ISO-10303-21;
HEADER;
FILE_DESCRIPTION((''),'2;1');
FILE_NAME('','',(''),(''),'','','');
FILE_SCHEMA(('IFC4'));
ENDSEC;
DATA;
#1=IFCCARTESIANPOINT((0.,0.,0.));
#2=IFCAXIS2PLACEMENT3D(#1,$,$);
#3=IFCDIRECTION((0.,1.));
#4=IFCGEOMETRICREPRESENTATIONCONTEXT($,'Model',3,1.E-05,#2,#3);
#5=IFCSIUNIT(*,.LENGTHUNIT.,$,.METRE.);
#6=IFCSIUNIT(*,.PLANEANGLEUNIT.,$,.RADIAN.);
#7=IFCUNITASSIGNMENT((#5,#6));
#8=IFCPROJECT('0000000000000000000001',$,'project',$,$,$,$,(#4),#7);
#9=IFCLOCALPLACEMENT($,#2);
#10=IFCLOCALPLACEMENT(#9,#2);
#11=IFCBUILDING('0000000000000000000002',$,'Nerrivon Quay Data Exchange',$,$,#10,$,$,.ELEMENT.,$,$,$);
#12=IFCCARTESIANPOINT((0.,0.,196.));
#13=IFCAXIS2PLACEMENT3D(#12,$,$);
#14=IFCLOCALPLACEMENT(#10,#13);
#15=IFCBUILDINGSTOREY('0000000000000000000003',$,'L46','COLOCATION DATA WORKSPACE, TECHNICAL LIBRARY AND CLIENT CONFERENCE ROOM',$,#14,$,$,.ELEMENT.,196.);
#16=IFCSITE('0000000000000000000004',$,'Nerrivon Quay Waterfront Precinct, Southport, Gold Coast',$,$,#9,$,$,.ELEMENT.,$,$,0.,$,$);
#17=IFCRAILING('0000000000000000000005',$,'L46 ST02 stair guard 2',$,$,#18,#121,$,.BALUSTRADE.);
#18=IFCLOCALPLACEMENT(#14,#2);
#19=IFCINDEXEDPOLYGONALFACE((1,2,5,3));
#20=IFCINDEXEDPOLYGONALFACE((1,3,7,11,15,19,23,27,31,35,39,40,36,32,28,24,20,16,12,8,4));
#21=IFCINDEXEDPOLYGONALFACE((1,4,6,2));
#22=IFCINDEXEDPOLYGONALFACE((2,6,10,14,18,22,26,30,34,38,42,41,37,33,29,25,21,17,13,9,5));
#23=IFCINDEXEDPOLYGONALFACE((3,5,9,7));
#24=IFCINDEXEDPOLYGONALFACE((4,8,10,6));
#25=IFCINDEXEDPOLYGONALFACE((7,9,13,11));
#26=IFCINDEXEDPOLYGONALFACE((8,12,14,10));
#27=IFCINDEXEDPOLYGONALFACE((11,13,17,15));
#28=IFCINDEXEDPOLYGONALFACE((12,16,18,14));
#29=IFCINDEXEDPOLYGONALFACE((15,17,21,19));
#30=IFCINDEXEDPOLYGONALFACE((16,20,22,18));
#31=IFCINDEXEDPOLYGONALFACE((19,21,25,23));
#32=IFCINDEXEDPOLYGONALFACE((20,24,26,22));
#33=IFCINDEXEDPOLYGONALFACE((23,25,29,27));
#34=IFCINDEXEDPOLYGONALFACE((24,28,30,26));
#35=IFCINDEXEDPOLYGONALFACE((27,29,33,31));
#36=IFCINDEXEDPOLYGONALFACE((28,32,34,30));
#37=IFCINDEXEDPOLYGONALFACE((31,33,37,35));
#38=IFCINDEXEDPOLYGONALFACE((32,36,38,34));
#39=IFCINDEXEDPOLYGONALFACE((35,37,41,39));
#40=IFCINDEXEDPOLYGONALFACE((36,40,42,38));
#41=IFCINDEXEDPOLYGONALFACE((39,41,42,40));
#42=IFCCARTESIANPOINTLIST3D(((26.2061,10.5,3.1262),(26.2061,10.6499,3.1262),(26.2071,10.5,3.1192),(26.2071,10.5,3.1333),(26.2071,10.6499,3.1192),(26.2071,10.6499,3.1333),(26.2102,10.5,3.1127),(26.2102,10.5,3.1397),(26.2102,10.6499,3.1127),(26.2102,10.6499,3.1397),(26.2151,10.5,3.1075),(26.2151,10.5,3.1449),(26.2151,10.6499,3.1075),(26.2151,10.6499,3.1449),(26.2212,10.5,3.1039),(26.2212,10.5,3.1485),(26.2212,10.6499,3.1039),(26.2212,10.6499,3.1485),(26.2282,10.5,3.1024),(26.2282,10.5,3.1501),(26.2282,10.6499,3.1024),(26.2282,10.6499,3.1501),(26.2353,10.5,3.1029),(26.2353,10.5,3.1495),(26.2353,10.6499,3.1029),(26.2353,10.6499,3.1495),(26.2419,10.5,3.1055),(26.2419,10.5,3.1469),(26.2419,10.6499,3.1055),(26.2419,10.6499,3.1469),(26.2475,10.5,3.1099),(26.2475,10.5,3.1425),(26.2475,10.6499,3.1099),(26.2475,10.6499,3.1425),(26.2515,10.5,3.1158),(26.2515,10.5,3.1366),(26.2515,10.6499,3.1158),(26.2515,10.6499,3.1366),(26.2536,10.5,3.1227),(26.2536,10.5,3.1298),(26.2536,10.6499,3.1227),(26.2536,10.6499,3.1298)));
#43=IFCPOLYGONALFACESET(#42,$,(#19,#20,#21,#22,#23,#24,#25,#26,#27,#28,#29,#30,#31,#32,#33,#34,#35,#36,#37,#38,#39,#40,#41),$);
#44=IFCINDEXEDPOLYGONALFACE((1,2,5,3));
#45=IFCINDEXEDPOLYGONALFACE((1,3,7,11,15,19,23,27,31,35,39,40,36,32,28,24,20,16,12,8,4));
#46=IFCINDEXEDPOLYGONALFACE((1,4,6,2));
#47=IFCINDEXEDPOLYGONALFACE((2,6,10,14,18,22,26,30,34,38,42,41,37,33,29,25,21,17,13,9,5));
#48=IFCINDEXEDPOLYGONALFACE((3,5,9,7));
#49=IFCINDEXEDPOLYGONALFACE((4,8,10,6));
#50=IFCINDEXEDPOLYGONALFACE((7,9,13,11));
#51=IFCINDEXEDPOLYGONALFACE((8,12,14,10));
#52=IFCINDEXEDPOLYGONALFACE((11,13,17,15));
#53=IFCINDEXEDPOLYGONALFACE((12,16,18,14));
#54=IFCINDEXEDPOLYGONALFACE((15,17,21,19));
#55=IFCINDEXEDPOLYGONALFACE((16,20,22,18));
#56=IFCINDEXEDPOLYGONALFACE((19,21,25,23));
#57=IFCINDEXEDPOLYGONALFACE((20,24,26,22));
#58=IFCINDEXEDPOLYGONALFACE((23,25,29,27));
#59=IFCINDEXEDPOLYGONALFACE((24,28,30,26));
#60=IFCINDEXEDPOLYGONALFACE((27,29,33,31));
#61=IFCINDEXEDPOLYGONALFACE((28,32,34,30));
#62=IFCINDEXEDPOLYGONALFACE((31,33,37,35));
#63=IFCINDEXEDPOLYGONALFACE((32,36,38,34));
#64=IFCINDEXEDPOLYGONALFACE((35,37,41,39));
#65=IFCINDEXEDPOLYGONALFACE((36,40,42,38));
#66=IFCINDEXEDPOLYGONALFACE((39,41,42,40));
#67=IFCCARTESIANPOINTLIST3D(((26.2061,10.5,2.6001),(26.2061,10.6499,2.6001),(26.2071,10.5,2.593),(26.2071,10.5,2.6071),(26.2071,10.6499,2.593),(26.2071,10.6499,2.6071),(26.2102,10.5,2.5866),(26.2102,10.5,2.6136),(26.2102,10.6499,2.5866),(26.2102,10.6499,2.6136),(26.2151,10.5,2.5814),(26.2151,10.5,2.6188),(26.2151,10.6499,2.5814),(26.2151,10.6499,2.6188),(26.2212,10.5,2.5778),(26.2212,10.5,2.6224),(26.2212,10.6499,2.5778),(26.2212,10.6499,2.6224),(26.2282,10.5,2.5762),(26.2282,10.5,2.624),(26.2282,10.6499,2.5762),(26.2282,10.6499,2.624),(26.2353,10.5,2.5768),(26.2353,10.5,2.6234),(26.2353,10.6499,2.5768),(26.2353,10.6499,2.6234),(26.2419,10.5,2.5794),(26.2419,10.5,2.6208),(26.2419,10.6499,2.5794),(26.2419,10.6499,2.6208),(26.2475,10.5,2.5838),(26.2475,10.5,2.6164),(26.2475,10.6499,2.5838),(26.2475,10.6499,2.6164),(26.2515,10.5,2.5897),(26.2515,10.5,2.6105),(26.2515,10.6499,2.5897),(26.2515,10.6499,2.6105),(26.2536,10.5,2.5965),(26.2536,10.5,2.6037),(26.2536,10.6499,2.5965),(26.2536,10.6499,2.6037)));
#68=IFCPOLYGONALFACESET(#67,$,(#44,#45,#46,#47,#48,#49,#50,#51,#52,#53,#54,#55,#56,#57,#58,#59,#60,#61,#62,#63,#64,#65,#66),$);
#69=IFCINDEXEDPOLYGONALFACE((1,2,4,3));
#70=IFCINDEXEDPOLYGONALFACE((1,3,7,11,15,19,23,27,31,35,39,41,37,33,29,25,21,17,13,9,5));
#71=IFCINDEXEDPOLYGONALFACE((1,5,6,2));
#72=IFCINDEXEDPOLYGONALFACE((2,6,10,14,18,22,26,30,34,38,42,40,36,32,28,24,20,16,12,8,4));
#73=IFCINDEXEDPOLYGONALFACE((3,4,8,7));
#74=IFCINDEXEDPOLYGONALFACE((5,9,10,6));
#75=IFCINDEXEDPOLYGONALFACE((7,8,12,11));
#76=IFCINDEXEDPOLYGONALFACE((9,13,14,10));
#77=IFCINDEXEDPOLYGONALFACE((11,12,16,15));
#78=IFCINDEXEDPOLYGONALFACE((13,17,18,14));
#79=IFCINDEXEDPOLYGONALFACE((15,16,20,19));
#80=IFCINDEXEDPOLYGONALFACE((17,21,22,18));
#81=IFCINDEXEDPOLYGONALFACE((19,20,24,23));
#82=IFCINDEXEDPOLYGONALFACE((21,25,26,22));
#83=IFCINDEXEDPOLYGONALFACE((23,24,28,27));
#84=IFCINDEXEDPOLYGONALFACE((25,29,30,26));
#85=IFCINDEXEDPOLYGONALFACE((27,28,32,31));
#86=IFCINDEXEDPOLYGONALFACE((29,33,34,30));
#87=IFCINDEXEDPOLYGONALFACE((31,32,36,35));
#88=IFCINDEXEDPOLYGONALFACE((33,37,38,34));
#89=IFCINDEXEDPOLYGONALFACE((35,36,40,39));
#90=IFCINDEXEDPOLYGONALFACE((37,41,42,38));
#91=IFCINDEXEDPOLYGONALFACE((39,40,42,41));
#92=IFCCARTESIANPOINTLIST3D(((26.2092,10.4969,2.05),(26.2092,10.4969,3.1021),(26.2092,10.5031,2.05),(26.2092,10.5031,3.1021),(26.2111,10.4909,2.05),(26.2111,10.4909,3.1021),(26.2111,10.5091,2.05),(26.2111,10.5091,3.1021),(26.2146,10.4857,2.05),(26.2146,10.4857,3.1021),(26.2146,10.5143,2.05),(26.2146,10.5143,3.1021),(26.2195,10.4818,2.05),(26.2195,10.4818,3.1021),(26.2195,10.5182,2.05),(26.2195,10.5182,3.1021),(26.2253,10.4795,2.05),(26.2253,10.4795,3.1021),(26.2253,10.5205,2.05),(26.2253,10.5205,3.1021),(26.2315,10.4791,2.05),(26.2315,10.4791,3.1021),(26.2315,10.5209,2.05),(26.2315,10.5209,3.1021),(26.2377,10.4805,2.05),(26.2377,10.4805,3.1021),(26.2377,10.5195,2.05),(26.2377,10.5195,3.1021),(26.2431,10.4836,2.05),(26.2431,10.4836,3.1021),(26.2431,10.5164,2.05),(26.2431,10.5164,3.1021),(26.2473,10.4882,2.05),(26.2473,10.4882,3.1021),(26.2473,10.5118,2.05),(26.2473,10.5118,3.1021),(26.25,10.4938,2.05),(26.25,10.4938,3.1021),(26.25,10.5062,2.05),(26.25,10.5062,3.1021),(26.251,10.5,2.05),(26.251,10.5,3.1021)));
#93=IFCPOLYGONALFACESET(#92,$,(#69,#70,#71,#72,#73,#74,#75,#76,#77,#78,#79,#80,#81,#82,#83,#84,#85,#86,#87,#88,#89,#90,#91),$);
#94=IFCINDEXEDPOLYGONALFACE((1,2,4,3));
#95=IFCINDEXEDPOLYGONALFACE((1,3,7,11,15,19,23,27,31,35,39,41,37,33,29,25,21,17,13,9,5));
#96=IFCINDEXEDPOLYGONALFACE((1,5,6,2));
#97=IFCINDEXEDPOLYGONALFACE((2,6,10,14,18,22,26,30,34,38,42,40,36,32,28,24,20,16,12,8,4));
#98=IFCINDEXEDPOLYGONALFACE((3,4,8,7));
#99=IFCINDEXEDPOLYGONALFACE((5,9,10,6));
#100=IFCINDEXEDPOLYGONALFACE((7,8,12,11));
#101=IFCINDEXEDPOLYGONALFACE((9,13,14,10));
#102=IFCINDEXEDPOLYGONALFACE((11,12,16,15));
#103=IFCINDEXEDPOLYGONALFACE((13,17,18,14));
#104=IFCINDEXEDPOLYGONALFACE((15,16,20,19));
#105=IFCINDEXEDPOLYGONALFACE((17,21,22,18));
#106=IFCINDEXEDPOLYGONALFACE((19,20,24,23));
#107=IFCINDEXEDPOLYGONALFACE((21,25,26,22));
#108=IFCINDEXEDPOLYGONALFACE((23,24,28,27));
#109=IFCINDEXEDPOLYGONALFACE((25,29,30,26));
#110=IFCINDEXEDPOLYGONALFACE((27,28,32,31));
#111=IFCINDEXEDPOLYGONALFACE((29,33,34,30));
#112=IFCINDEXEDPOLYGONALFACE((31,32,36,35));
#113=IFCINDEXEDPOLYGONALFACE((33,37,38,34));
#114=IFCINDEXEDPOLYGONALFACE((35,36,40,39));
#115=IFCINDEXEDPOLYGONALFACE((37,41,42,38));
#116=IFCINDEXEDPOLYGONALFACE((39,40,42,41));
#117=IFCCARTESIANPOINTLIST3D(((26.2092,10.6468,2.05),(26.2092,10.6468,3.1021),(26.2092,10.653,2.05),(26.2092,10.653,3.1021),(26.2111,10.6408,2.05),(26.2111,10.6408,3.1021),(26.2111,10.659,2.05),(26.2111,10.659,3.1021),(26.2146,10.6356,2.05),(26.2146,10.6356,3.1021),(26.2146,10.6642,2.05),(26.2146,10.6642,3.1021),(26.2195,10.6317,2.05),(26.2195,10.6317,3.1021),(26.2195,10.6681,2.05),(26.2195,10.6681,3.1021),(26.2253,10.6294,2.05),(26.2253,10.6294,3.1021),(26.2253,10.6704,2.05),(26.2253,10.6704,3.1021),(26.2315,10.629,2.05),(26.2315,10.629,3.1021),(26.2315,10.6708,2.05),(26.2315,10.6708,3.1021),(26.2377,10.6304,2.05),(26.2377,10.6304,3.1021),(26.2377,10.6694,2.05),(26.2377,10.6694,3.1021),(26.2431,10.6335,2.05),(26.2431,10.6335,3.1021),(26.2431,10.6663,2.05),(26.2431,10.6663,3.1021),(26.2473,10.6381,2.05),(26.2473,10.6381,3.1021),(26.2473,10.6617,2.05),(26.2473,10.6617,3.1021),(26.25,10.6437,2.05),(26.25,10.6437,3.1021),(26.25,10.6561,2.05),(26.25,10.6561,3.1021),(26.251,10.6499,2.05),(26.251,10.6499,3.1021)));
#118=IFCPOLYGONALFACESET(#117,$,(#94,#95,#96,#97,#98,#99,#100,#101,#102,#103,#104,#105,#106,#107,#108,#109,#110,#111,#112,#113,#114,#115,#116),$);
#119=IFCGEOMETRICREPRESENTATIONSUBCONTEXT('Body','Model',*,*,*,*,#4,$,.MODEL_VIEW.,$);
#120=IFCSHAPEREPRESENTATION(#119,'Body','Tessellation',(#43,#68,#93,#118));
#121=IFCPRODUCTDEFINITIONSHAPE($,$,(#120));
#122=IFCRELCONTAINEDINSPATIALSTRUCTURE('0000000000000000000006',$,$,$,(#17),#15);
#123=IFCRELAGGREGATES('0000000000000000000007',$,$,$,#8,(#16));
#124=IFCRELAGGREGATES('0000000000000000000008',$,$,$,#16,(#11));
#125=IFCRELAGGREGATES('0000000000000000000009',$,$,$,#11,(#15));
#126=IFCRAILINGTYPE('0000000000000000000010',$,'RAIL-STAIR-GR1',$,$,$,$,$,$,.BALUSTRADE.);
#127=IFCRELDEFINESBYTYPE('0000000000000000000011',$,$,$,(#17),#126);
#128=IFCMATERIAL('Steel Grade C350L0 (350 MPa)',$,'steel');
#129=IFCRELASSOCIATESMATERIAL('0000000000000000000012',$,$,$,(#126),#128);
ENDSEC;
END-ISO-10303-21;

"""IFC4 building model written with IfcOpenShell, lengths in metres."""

from ifc_helpers import new_model, si_unit, direction, frame, origin, origin_2d, place, context, subcontext, project, spatial, circle, extrude, material, type_object, element, save


model = new_model("IFC4")

# Units and contexts
model_context = context("Model", 3, precision=1e-05, world=origin(), true_north=direction((0.0, 1.0)))
body_context = subcontext(model_context, "Body", "Model", "MODEL_VIEW")
ifc_project = project(units=[si_unit("LENGTHUNIT", "METRE"), si_unit("PLANEANGLEUNIT", "RADIAN")], contexts=[model_context])

# Site, building, storey
site_placement = place(None, origin())
site = spatial("IfcSite", under=ifc_project, at=site_placement, Name="Nerrivon Quay Waterfront Precinct, Southport, Gold Coast", CompositionType="ELEMENT", RefElevation=0.0)
building_placement = place(site_placement, origin())
building = spatial("IfcBuilding", under=site, at=building_placement, Name="Nerrivon Quay Data Exchange", CompositionType="ELEMENT")
storey_placement = place(building_placement, frame((0.0, 0.0, 196.0)))
storey = spatial("IfcBuildingStorey", under=building, at=storey_placement, Name="L46", Description="COLOCATION DATA WORKSPACE, TECHNICAL LIBRARY AND CLIENT CONFERENCE ROOM", CompositionType="ELEMENT", Elevation=196.0)

# Shared definitions
ifc_material_1 = material(Name="Steel Grade C350L0 (350 MPa)", Category="steel")

# Railing
railing_type_1 = type_object("IfcRailingType", Name="RAIL-STAIR-GR1", PredefinedType="BALUSTRADE", material=ifc_material_1)
railing_1_placement = place(storey_placement, frame((26.23, 10.5, 2.05)))
element("IfcRailing", 1, at=railing_1_placement, inside=storey, type_object=railing_type_1, Name="L46 ST02 stair guard 2", PredefinedType="BALUSTRADE", context=body_context, shape_type="SweptSolid", body=[
    extrude(circle(Radius=0.0239, at=origin_2d()), frame((0.0, 0.0, 1.0762), z_axis=(0.0, 1.0, 0.0), x_axis=(-1.0, 0.0, 0.0)), (0.0, 0.0, 1.0), 0.1499),
    extrude(circle(Radius=0.0239, at=origin_2d()), frame((0.0, 0.0, 0.55), z_axis=(0.0, 1.0, 0.0), x_axis=(-1.0, 0.0, 0.0)), (0.0, 0.0, 1.0), 0.1499),
    extrude(circle(Radius=0.021, at=origin_2d()), origin(), (0.0, 0.0, 1.0), 1.052),
    extrude(circle(Radius=0.021, at=origin_2d()), frame((0.0, 0.1499, 0.0)), (0.0, 0.0, 1.0), 1.052),
])

save(model, "model.ifc")
